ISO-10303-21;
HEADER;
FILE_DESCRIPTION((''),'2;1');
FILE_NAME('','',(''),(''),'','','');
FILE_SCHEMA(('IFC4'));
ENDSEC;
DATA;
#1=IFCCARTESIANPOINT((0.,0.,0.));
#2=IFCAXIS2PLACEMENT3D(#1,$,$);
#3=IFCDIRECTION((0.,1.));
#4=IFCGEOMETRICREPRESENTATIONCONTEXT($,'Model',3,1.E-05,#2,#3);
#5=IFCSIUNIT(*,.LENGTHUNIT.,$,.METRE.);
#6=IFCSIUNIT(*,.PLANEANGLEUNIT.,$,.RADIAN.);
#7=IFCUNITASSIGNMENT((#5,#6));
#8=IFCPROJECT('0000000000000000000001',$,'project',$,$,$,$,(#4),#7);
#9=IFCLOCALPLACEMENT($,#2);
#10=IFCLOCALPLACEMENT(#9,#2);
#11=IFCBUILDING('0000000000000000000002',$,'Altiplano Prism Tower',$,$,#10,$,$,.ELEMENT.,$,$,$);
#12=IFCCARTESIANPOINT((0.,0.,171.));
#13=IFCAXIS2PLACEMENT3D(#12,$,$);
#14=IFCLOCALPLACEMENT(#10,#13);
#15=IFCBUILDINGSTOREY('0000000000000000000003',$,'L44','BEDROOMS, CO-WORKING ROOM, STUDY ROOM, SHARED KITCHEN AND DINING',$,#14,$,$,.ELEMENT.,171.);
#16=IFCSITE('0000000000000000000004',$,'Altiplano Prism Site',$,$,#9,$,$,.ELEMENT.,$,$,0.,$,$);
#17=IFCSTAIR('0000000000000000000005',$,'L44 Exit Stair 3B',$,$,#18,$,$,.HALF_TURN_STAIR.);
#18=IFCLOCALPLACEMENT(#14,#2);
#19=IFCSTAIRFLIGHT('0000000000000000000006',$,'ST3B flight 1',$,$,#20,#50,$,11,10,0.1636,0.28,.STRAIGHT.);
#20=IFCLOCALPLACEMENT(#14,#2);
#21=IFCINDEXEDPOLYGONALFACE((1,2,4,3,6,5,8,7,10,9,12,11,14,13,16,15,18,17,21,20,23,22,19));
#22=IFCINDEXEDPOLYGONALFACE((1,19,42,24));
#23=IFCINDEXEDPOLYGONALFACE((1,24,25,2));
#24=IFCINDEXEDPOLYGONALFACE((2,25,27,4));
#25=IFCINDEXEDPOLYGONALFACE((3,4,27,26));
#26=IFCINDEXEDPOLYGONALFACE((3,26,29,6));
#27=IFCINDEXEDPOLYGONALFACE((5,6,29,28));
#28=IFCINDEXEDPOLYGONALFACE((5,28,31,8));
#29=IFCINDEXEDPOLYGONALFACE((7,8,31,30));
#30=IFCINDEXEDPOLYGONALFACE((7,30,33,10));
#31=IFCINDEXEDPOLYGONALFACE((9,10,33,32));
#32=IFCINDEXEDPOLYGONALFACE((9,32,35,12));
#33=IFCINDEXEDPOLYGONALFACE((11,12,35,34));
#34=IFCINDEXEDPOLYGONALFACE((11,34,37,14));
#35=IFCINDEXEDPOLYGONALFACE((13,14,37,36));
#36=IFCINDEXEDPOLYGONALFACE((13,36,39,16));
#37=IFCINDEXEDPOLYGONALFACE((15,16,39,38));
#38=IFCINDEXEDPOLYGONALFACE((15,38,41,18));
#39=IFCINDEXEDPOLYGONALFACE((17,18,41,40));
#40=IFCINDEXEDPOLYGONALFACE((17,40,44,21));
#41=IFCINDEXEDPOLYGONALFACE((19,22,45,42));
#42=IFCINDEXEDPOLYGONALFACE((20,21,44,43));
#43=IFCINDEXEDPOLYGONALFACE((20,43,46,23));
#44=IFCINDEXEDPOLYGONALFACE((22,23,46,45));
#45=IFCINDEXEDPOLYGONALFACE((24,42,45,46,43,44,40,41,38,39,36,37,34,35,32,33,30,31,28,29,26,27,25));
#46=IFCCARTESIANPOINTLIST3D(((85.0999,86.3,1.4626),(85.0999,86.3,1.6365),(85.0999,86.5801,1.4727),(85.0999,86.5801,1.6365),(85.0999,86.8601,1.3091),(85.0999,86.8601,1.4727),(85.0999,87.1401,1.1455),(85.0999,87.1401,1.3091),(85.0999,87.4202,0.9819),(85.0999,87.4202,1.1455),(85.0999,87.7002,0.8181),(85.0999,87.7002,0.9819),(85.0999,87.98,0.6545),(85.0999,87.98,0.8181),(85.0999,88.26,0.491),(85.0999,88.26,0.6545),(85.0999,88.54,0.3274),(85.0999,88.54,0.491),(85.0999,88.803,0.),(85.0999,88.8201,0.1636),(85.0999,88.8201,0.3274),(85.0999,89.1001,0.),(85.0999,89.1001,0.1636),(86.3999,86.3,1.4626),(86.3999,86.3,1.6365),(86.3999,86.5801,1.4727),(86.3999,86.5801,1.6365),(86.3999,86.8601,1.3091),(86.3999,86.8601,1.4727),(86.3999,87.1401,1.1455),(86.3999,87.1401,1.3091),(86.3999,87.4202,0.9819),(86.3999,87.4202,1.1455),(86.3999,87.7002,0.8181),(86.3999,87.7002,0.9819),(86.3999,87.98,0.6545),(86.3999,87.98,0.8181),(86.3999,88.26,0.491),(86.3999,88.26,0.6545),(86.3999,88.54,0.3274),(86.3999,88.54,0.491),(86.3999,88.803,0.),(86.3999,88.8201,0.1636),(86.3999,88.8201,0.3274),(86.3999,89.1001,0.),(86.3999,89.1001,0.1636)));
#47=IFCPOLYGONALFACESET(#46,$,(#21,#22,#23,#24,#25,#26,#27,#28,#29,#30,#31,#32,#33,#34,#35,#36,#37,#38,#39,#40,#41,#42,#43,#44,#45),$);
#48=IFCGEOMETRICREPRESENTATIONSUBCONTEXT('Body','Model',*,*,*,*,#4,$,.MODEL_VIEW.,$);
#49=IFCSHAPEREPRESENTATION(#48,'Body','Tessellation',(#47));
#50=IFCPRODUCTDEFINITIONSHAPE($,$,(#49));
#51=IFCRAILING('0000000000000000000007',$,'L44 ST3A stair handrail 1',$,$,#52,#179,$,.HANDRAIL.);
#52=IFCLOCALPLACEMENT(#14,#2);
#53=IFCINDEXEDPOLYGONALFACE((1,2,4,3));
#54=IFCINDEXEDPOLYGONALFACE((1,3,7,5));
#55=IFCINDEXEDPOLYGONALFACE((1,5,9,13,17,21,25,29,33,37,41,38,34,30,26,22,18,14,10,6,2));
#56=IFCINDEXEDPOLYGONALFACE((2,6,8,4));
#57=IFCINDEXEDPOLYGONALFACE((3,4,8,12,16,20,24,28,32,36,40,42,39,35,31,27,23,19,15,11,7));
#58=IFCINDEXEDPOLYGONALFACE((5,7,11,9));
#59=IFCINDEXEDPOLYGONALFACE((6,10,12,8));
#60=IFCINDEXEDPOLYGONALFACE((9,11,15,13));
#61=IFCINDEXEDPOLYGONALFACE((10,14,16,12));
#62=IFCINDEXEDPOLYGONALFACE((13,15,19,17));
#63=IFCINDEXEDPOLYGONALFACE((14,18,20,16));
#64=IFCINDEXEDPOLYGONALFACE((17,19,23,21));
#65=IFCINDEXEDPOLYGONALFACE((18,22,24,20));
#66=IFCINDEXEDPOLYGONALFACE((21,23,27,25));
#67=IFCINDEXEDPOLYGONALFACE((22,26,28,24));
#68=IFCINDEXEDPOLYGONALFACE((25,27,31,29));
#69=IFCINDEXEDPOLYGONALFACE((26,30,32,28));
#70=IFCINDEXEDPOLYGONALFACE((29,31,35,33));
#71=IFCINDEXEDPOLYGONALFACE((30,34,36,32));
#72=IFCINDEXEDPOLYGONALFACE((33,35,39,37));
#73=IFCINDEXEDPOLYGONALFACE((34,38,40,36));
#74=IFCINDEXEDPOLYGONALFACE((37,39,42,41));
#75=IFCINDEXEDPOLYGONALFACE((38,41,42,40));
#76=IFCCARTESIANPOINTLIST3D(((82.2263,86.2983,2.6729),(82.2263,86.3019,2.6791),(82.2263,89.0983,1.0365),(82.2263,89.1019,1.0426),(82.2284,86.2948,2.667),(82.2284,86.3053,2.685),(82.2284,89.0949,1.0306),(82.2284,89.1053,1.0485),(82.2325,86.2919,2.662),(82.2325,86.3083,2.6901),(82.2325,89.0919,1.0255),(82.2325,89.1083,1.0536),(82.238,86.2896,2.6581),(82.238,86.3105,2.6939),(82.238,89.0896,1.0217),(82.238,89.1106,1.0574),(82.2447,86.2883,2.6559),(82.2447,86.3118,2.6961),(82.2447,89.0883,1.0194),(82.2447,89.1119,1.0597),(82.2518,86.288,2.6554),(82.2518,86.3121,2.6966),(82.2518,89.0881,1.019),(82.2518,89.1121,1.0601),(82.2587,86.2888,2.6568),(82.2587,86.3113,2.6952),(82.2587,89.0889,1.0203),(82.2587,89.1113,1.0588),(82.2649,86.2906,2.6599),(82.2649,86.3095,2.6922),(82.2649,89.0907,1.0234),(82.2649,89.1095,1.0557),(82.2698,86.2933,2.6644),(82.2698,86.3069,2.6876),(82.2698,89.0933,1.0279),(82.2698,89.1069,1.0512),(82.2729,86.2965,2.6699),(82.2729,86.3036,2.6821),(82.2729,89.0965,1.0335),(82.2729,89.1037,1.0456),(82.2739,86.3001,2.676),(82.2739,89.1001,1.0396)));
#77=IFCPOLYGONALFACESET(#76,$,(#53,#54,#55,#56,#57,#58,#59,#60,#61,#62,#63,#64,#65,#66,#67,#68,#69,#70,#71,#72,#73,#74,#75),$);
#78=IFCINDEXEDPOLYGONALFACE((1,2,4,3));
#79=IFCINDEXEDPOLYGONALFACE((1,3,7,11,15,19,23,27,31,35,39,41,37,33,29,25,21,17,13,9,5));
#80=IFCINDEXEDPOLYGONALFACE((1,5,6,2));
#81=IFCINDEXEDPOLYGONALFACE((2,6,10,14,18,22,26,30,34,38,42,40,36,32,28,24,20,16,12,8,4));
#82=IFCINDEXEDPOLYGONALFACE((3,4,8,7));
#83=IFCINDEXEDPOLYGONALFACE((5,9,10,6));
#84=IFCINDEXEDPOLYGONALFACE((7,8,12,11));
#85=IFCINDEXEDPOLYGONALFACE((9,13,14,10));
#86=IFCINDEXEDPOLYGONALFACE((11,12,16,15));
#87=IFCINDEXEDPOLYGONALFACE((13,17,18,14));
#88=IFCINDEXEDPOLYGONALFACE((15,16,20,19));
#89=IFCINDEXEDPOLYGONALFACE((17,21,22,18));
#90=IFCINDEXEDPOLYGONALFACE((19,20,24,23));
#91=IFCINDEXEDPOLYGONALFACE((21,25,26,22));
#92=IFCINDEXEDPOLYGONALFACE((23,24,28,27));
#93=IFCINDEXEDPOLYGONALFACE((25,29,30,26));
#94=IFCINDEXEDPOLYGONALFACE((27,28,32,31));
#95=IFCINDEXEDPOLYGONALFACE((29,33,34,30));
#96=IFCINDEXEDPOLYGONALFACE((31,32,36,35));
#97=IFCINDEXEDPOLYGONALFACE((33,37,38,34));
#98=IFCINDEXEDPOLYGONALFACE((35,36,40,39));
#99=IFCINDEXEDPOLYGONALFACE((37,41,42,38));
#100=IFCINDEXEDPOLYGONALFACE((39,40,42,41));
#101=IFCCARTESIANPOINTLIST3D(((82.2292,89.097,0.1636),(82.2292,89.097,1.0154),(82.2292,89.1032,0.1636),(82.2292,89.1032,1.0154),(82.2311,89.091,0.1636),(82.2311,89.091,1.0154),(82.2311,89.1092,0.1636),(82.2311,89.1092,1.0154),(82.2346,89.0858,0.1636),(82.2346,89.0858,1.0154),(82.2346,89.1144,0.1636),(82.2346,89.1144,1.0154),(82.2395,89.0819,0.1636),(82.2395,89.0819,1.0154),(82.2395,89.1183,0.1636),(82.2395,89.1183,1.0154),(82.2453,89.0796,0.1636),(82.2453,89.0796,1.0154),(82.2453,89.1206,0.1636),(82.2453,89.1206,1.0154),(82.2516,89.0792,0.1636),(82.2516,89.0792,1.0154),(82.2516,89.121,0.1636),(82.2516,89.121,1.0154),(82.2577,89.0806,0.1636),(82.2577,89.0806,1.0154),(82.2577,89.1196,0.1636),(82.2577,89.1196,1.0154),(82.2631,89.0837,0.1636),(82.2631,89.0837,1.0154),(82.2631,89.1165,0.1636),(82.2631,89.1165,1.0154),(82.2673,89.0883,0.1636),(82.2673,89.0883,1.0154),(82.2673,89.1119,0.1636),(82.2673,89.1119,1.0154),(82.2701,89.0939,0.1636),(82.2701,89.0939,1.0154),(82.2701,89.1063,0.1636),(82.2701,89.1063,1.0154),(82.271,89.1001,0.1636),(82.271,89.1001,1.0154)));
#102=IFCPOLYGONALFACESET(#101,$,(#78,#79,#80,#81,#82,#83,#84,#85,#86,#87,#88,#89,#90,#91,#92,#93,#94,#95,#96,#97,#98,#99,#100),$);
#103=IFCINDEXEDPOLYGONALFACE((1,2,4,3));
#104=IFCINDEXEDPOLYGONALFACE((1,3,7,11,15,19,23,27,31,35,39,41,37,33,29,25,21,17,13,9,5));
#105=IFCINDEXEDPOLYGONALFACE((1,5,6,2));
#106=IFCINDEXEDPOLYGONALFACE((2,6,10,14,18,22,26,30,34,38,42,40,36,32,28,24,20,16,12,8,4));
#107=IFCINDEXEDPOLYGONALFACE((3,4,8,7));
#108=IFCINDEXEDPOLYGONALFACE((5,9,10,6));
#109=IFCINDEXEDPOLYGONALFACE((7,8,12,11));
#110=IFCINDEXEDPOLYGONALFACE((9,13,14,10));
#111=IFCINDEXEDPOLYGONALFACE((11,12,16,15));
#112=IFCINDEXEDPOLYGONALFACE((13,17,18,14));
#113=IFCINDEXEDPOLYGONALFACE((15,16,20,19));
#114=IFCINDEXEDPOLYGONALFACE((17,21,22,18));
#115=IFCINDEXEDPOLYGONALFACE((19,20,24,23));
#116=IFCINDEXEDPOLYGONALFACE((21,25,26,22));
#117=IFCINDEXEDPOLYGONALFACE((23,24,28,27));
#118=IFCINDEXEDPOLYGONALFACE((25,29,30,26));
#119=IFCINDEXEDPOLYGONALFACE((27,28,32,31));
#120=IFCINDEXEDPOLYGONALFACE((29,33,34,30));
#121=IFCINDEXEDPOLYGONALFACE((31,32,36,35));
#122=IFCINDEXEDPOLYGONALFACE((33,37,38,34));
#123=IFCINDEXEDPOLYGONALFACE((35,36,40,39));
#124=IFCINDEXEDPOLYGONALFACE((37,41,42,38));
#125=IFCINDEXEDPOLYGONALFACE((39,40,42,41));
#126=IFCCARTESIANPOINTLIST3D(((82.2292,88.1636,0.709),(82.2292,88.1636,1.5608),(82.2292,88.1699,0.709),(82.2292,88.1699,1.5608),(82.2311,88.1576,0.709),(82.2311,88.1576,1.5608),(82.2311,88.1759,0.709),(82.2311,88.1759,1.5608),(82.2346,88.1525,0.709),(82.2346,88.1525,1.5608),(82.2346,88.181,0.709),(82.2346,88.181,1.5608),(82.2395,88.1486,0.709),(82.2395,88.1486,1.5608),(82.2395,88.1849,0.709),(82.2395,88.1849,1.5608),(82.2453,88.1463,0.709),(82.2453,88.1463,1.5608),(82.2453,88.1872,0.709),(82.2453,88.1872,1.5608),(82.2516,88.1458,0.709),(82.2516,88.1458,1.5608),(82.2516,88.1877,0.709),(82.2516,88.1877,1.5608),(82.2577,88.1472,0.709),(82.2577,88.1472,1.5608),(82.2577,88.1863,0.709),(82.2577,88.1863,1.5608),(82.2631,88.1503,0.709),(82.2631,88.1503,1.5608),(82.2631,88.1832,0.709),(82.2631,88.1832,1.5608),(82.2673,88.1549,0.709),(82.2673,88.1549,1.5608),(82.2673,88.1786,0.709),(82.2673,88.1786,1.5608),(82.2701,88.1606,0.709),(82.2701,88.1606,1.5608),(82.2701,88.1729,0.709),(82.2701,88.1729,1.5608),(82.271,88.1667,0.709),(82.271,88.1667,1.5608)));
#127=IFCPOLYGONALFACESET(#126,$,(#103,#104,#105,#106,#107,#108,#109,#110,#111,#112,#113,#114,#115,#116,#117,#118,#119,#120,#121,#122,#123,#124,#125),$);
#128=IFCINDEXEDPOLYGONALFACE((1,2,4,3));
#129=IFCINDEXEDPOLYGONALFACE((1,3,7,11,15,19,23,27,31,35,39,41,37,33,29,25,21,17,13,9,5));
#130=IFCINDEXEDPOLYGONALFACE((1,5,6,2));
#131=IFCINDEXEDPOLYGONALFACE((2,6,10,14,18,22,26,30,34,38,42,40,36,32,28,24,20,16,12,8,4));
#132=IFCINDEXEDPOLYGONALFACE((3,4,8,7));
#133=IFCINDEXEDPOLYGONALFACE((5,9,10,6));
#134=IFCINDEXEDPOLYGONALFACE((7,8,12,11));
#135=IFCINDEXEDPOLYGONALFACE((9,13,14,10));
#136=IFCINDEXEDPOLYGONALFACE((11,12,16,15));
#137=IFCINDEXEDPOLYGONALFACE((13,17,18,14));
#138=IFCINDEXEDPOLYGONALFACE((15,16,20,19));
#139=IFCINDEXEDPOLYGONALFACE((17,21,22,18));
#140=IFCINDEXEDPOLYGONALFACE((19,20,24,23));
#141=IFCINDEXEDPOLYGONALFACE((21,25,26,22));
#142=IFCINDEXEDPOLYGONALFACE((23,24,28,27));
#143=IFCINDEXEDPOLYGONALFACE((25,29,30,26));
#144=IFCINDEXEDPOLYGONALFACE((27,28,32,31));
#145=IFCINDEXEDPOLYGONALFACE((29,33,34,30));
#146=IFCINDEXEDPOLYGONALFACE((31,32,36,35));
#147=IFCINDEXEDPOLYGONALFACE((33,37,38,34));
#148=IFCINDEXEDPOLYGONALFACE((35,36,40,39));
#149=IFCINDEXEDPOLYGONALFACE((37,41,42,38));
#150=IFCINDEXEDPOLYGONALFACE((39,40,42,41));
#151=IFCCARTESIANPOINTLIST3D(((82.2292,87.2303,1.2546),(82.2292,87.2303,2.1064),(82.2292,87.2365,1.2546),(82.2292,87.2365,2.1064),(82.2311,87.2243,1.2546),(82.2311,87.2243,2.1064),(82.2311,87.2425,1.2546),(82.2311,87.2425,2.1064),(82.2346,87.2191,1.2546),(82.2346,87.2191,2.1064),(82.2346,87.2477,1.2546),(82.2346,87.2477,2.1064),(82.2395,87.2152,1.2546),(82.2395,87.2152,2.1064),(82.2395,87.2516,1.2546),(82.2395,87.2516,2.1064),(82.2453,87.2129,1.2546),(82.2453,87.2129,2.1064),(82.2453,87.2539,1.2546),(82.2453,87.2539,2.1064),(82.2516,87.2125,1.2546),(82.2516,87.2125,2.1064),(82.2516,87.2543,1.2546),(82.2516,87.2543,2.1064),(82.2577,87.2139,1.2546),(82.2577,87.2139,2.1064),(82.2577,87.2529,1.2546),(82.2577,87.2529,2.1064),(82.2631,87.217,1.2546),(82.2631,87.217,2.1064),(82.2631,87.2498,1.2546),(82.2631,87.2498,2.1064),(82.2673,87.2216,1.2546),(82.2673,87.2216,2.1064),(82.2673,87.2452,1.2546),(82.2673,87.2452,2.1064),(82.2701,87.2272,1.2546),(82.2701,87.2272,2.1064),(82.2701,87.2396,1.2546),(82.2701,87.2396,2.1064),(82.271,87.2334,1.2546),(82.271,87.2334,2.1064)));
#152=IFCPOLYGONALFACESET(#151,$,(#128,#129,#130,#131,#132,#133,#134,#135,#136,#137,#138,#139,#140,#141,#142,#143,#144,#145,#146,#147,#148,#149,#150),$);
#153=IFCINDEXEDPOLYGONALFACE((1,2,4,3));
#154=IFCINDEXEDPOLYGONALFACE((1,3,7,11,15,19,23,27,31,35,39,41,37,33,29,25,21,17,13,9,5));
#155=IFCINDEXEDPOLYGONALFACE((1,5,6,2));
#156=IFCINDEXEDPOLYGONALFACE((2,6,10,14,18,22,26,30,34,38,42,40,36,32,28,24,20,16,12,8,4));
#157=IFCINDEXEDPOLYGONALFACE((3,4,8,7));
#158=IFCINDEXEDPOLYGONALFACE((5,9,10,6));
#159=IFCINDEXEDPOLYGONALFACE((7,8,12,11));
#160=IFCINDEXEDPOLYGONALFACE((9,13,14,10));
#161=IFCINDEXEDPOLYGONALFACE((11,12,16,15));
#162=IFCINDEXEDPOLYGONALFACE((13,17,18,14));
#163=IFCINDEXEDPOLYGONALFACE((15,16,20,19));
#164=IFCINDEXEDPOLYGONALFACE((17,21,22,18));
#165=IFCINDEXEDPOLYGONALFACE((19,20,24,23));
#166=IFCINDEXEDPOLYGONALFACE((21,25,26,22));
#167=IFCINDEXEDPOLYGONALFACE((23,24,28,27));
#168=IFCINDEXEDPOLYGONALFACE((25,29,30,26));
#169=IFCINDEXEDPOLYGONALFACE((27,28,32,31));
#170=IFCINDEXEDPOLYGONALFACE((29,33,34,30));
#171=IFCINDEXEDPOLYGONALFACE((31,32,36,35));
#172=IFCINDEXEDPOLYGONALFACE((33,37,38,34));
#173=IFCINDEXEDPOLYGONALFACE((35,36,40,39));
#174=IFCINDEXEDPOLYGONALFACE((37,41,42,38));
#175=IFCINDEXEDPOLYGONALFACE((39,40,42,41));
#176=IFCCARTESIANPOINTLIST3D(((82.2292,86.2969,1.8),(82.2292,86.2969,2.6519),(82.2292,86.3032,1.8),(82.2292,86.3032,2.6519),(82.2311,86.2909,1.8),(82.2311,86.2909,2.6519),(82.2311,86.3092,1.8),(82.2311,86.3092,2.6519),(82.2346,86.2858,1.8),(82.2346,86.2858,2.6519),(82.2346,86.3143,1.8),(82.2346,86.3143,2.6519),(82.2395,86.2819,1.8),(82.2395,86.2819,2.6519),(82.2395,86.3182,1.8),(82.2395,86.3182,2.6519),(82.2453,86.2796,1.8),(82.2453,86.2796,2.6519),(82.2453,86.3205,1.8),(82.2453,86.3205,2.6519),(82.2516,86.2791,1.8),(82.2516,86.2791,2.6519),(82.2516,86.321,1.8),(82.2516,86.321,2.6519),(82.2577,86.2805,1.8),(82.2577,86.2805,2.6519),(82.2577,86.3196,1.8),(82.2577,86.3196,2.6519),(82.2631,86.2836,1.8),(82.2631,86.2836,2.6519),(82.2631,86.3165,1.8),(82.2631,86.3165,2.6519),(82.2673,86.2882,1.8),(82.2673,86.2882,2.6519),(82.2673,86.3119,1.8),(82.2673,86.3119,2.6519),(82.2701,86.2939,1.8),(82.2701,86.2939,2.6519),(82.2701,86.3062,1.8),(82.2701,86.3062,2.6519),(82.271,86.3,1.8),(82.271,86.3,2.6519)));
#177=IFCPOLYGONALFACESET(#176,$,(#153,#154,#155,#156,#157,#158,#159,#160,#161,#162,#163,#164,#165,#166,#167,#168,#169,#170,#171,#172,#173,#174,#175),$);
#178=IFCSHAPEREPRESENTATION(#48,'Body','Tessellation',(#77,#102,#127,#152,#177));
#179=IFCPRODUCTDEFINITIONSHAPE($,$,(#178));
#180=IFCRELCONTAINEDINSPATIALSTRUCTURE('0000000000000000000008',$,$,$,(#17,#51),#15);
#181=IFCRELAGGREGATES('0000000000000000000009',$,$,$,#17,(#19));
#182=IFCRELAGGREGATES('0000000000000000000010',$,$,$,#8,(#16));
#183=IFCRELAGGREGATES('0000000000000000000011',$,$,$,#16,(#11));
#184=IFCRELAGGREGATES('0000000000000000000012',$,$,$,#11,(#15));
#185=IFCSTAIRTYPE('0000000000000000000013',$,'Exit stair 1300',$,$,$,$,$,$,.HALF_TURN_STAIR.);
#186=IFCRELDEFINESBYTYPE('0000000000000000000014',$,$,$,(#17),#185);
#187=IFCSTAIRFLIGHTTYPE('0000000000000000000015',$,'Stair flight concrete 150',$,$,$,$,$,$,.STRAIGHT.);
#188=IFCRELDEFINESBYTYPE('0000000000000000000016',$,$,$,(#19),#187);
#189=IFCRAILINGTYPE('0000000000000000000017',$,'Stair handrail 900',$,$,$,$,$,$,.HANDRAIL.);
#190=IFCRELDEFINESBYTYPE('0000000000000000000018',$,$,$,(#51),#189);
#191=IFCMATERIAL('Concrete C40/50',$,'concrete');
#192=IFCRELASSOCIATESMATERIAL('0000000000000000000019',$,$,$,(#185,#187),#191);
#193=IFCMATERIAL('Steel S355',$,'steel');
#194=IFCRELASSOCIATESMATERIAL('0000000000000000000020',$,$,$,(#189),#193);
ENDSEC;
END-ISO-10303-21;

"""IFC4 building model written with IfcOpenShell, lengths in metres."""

from ifc_helpers import new_model, si_unit, direction, frame, origin, origin_2d, place, context, subcontext, project, spatial, polyline, circle, outline, extrude, material, type_object, element, aggregate, save


model = new_model("IFC4")

# Units and contexts
model_context = context("Model", 3, precision=1e-05, world=origin(), true_north=direction((0.0, 1.0)))
body_context = subcontext(model_context, "Body", "Model", "MODEL_VIEW")
ifc_project = project(units=[si_unit("LENGTHUNIT", "METRE"), si_unit("PLANEANGLEUNIT", "RADIAN")], contexts=[model_context])

# Site, building, storey
site_placement = place(None, origin())
site = spatial("IfcSite", under=ifc_project, at=site_placement, Name="Altiplano Prism Site", CompositionType="ELEMENT", RefElevation=0.0)
building_placement = place(site_placement, origin())
building = spatial("IfcBuilding", under=site, at=building_placement, Name="Altiplano Prism Tower", CompositionType="ELEMENT")
storey_placement = place(building_placement, frame((0.0, 0.0, 171.0)))
storey = spatial("IfcBuildingStorey", under=building, at=storey_placement, Name="L44", Description="BEDROOMS, CO-WORKING ROOM, STUDY ROOM, SHARED KITCHEN AND DINING", CompositionType="ELEMENT", Elevation=171.0)

# Stair, stair flight
ifc_material_1 = material(Name="Concrete C40/50", Category="concrete")
stair_type = type_object("IfcStairType", Name="Exit stair 1300", PredefinedType="HALF_TURN_STAIR", material=ifc_material_1)
stair_flight_type = type_object("IfcStairFlightType", Name="Stair flight concrete 150", PredefinedType="STRAIGHT", material=ifc_material_1)
stair_1_placement = place(storey_placement, origin())
stair_1 = element("IfcStair", 1, at=stair_1_placement, inside=storey, type_object=stair_type, Name="L44 Exit Stair 3B", PredefinedType="HALF_TURN_STAIR")
stair_flight_1_placement = place(storey_placement, frame((85.75, 89.1001, 0.0), z_axis=(0.0, 0.0, 1.0), x_axis=(0.0, -1.0, 0.0)))
stair_flight_1 = element("IfcStairFlight", 2, at=stair_flight_1_placement, type_object=stair_flight_type, Name="ST3B flight 1", NumberOfRisers=11, NumberOfTreads=10, PredefinedType="STRAIGHT", RiserHeight=0.1636, TreadLength=0.28, context=body_context, shape_type="SweptSolid", body=[
    extrude(outline(polyline([(0.0, 0.0), (0.0, 0.1636), (0.28, 0.1636), (0.28, 0.3274), (0.5601, 0.3274), (0.5601, 0.491), (0.8401, 0.491), (0.8401, 0.6545), (1.1201, 0.6545), (1.1201, 0.8181), (1.3999, 0.8181), (1.3999, 0.9819), (1.6799, 0.9819), (1.6799, 1.1455), (1.96, 1.1455), (1.96, 1.3091), (2.24, 1.3091), (2.24, 1.4727), (2.52, 1.4727), (2.52, 1.6365), (2.8, 1.6365), (2.8, 1.8), (2.8, 1.4626), (0.2971, 0.0), (0.0, 0.0)])), frame((0.0, 0.6499, 0.0), z_axis=(0.0, -1.0, 0.0), x_axis=(1.0, 0.0, 0.0)), (0.0, 0.0, 1.0), 1.3),
])
aggregate(stair_1, [stair_flight_1])

# Railing
ifc_material_2 = material(Name="Steel S355", Category="steel")
railing_type_1 = type_object("IfcRailingType", Name="Stair handrail 900", PredefinedType="HANDRAIL", material=ifc_material_2)
for number, where, name in (
    (3, (82.25, 89.1001, 0.1636), "L44 ST3A stair handrail 1"),
):
    element("IfcRailing", number, at=place(storey_placement, frame(where)), inside=storey, type_object=railing_type_1, Name=name, PredefinedType="HANDRAIL", context=body_context, shape_type="SweptSolid", body=[
        extrude(circle(Radius=0.0239, at=origin_2d()), frame((0.0, 0.0, 0.876), z_axis=(0.0, -0.863361, 0.504587), x_axis=(1.0, 0.0, 0.0)), (0.0, 0.0, 1.0), 3.2432),
        extrude(circle(Radius=0.021, at=origin_2d()), origin(), (0.0, 0.0, 1.0), 0.8518),
        extrude(circle(Radius=0.021, at=origin_2d()), frame((0.0, -0.9333, 0.5454)), (0.0, 0.0, 1.0), 0.8518),
        extrude(circle(Radius=0.021, at=origin_2d()), frame((0.0, -1.8667, 1.0911)), (0.0, 0.0, 1.0), 0.8518),
        extrude(circle(Radius=0.021, at=origin_2d()), frame((0.0, -2.8, 1.6365)), (0.0, 0.0, 1.0), 0.8518),
    ])

save(model, "model.ifc")
